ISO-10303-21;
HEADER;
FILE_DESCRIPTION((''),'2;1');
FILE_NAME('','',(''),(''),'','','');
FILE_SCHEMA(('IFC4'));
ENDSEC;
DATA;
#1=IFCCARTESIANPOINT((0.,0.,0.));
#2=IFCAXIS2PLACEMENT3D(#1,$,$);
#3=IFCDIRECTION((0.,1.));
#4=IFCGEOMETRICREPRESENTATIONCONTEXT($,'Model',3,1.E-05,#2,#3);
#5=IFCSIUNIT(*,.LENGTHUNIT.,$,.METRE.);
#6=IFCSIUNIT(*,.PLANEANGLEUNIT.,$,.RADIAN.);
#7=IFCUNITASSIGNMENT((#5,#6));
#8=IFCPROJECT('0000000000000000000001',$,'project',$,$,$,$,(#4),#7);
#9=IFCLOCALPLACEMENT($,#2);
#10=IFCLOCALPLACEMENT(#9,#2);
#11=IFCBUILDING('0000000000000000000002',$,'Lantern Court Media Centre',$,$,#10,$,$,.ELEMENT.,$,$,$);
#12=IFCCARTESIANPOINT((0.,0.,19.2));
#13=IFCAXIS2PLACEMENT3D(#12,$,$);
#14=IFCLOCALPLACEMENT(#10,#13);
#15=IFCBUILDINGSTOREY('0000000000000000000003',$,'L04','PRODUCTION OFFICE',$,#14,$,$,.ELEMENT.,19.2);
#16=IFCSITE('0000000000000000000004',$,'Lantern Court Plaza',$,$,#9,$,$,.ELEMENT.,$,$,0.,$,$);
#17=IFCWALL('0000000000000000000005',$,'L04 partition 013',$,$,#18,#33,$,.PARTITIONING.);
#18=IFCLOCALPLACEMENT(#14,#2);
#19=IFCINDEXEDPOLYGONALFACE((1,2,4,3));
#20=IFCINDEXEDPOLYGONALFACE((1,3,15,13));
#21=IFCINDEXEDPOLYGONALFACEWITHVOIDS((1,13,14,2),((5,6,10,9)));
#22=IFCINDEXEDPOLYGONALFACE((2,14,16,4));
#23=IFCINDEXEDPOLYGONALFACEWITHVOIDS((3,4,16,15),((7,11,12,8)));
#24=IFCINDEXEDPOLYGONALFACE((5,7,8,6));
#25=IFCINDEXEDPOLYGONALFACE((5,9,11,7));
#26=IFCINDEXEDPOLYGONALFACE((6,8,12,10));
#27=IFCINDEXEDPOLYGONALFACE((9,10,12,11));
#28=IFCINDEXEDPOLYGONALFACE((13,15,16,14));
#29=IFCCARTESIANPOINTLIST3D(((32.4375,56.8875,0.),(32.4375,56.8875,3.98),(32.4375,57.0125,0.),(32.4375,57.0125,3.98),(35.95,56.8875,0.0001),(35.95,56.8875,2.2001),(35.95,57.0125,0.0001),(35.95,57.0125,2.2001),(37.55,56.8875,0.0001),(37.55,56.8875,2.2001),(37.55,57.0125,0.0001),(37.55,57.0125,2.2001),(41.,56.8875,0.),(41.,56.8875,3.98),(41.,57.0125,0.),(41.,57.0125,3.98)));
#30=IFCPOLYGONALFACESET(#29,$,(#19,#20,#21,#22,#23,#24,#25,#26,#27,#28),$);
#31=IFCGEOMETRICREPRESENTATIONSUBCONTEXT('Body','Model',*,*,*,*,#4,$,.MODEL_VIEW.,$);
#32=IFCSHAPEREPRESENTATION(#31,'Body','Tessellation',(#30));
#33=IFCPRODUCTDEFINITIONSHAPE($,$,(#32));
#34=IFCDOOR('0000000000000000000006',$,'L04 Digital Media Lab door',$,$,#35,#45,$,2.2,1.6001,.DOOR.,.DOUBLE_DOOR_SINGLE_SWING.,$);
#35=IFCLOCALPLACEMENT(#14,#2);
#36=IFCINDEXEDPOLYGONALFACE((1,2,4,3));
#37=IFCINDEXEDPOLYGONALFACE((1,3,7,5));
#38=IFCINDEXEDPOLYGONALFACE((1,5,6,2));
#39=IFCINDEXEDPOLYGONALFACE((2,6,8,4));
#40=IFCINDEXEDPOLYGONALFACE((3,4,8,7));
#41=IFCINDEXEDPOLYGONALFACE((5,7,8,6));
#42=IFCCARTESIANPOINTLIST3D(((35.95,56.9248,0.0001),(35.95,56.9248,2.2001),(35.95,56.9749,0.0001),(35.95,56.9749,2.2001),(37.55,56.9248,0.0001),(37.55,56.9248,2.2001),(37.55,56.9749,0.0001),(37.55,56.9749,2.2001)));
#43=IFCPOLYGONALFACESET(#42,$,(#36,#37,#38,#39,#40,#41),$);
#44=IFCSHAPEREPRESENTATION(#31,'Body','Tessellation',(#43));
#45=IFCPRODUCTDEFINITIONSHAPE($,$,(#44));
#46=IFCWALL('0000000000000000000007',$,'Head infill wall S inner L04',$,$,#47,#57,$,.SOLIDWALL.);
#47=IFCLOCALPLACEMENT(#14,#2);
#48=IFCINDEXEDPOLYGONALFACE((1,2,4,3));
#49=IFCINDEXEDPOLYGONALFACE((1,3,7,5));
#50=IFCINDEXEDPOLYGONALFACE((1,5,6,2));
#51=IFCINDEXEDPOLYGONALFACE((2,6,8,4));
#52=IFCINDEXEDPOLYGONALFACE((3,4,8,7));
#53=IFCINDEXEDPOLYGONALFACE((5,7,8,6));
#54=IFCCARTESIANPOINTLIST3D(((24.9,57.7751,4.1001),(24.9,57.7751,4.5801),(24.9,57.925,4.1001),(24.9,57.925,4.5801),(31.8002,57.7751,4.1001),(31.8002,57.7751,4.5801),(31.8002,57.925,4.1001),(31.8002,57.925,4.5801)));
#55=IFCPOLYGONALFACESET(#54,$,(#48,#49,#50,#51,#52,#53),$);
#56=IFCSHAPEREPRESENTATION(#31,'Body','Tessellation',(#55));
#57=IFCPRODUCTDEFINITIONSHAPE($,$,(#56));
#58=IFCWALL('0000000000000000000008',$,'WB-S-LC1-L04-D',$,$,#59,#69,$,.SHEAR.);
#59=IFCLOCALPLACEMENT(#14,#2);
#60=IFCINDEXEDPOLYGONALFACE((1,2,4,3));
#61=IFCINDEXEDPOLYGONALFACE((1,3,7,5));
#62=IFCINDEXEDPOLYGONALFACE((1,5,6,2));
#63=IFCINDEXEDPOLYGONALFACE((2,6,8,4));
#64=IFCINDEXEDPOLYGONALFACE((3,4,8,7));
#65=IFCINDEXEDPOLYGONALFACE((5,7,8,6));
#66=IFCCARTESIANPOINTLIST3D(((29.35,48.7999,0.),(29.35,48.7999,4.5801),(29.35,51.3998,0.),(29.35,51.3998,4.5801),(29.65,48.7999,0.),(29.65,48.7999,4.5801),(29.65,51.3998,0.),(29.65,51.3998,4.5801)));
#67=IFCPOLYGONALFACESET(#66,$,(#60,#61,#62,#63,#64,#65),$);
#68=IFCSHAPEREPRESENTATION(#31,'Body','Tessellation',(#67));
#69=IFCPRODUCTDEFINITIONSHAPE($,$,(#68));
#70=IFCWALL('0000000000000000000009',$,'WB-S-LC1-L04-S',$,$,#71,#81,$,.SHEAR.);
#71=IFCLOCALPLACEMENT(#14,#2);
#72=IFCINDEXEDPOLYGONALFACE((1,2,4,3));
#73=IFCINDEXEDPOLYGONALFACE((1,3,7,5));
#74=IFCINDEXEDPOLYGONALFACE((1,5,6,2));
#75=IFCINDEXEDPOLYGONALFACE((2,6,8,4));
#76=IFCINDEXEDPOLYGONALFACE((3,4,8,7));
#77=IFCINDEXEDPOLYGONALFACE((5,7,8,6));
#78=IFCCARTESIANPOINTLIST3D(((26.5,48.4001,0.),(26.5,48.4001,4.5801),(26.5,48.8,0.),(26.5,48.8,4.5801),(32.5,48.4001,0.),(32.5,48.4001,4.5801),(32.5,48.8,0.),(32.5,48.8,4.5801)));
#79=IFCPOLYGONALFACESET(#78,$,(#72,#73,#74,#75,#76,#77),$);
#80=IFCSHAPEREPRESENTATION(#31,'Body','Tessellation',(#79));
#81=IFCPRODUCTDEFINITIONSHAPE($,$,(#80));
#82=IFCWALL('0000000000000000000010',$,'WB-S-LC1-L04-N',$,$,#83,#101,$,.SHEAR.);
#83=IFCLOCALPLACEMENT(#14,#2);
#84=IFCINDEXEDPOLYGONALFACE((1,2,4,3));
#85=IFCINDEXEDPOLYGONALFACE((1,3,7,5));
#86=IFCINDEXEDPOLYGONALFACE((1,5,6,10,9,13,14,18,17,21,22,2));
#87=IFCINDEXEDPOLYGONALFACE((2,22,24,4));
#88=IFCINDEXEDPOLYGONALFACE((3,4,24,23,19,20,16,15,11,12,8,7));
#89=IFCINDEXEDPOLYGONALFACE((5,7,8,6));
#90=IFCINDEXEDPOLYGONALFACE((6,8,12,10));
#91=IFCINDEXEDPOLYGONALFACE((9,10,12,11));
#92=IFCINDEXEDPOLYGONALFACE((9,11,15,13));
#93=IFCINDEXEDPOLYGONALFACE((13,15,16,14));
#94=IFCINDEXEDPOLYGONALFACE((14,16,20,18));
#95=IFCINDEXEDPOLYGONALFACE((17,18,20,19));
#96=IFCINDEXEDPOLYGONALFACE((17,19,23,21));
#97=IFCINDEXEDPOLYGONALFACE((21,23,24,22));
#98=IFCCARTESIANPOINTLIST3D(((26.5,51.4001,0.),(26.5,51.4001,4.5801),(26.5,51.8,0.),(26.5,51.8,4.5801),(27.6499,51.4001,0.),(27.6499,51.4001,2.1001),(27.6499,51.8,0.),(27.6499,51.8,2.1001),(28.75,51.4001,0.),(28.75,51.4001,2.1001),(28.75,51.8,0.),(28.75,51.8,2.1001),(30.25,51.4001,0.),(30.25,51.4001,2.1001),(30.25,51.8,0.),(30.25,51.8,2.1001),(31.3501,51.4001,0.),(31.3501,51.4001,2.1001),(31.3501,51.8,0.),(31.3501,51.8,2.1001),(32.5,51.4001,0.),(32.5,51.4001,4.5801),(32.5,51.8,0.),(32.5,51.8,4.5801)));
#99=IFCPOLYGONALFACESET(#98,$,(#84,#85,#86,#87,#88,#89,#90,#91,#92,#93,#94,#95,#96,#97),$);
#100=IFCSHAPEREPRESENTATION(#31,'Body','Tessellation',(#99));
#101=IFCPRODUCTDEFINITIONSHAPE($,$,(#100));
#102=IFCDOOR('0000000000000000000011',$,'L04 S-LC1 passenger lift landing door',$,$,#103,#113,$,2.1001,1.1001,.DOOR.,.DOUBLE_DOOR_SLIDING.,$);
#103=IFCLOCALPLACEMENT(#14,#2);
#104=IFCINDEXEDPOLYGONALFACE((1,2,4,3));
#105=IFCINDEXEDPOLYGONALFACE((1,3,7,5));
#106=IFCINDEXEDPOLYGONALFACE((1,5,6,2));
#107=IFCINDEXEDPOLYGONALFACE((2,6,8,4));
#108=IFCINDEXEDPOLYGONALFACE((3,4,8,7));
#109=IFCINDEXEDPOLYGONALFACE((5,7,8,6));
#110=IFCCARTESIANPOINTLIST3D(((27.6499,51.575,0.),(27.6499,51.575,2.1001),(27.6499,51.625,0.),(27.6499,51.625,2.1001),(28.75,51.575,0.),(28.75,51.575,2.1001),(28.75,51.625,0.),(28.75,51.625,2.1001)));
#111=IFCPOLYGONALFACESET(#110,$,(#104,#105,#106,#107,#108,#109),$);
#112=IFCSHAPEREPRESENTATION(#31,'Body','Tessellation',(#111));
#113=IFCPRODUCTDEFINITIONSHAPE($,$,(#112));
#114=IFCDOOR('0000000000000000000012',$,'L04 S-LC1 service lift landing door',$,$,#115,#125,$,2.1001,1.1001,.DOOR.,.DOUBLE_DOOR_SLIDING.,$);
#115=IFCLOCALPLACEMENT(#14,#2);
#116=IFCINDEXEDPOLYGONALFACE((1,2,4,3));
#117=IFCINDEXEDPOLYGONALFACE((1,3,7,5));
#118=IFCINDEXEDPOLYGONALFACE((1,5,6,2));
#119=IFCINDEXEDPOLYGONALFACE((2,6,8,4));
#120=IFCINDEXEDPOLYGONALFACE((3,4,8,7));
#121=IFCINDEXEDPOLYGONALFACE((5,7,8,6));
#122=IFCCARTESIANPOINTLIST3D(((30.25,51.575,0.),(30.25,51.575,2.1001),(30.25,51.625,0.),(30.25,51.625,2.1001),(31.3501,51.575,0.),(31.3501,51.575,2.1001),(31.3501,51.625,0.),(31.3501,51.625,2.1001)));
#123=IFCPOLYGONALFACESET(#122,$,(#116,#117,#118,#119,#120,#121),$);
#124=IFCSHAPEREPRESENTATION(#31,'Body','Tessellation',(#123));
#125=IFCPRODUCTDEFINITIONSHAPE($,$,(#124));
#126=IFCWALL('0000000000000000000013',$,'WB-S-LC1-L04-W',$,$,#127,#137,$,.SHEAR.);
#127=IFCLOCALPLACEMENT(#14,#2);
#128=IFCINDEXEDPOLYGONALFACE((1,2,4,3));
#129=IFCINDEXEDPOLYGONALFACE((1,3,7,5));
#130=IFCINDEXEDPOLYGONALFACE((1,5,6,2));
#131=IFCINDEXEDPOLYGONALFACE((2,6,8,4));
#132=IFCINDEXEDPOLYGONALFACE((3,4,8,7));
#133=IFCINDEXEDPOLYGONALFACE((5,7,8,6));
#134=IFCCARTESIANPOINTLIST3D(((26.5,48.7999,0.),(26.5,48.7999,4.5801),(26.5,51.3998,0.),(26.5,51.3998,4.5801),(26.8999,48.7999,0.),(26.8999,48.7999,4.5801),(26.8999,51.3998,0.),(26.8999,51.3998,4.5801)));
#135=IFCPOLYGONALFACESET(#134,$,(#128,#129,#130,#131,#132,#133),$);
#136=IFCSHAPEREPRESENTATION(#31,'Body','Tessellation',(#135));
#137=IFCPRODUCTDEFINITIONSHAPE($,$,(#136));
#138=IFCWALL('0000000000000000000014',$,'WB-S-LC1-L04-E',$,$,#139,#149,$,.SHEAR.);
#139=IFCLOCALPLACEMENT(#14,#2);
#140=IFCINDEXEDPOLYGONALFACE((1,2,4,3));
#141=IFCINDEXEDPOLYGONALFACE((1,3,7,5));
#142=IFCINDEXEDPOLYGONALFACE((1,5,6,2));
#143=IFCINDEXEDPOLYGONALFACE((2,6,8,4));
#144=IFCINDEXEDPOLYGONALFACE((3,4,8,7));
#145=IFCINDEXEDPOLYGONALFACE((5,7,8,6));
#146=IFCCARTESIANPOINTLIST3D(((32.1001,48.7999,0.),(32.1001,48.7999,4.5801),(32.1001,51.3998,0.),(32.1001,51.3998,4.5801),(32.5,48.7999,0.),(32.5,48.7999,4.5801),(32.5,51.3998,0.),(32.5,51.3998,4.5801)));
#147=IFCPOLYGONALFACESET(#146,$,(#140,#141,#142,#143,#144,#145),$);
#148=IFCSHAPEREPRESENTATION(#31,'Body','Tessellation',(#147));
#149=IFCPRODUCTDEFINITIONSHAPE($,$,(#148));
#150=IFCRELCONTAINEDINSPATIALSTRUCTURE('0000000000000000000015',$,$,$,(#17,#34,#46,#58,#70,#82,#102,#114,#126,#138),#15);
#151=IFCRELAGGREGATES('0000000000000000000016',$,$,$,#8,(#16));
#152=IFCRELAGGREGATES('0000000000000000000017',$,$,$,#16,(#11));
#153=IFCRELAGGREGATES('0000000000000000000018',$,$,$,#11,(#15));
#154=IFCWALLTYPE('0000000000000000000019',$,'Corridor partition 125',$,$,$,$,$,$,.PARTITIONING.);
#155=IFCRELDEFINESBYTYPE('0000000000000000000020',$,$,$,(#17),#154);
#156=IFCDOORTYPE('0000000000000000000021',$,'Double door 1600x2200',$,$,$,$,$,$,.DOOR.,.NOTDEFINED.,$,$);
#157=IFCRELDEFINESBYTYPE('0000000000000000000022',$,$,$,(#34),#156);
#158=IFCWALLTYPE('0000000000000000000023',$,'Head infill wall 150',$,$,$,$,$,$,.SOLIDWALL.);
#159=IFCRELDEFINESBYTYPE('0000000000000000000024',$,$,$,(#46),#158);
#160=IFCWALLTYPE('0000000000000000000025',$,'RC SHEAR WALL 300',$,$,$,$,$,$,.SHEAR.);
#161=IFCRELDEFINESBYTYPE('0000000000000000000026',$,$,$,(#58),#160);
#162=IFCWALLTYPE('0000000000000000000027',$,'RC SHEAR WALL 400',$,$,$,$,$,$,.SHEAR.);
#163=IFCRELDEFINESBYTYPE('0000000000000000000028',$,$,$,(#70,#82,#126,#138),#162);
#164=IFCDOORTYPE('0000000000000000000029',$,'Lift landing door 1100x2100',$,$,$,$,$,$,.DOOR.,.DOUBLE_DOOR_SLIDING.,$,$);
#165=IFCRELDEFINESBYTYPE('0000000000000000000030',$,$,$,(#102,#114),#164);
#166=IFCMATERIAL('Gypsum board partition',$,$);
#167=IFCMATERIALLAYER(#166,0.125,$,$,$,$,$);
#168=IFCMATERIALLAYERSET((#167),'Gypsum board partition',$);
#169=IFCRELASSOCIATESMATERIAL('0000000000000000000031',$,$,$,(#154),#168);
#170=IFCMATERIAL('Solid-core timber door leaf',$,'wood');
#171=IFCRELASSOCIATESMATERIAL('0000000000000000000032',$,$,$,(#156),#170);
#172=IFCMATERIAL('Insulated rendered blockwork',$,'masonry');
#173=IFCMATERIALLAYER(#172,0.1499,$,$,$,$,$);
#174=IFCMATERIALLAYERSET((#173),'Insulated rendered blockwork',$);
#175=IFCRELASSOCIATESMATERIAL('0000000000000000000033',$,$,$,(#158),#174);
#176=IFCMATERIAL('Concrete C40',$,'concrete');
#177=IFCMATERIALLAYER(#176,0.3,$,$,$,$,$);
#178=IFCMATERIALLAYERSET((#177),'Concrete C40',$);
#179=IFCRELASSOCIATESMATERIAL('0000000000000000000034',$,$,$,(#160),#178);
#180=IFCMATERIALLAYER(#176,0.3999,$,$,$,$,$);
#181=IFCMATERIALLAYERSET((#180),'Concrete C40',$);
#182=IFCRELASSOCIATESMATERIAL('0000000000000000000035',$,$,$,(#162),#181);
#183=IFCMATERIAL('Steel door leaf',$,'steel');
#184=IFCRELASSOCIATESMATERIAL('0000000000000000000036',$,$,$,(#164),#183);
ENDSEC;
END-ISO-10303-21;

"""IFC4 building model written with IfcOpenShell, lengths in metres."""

from ifc_helpers import new_model, si_unit, direction, frame, frame_2d, origin, place, context, subcontext, project, spatial, rectangle, extrude, material, layer, layer_set, type_object, element, fill, save


model = new_model("IFC4")

# Units and contexts
model_context = context("Model", 3, precision=1e-05, world=origin(), true_north=direction((0.0, 1.0)))
body_context = subcontext(model_context, "Body", "Model", "MODEL_VIEW")
ifc_project = project(units=[si_unit("LENGTHUNIT", "METRE"), si_unit("PLANEANGLEUNIT", "RADIAN")], contexts=[model_context])

# Site, building, storey
site_placement = place(None, origin())
site = spatial("IfcSite", under=ifc_project, at=site_placement, Name="Lantern Court Plaza", CompositionType="ELEMENT", RefElevation=0.0)
building_placement = place(site_placement, origin())
building = spatial("IfcBuilding", under=site, at=building_placement, Name="Lantern Court Media Centre", CompositionType="ELEMENT")
storey_placement = place(building_placement, frame((0.0, 0.0, 19.2)))
storey = spatial("IfcBuildingStorey", under=building, at=storey_placement, Name="L04", Description="PRODUCTION OFFICE", CompositionType="ELEMENT", Elevation=19.2)

# Shared definitions
ifc_material_1 = material(Name="Gypsum board partition")
ifc_layer_1 = layer(ifc_material_1, 0.125)
ifc_layer_set_1 = layer_set([ifc_layer_1], Name="Gypsum board partition")
wall_type_1 = type_object("IfcWallType", Name="Corridor partition 125", PredefinedType="PARTITIONING", material=ifc_layer_set_1)

# Wall, opening, door
wall_1_placement = place(storey_placement, frame((32.4375, 56.95, 0.0), z_axis=(0.0, 0.0, 1.0), x_axis=(1.0, 0.0, 0.0)))
wall_1 = element("IfcWall", 1, at=wall_1_placement, inside=storey, type_object=wall_type_1, Name="L04 partition 013", PredefinedType="PARTITIONING", context=body_context, shape_type="SweptSolid", body=[
    extrude(rectangle(XDim=8.5625, YDim=0.125, at=frame_2d((4.2812, 0.0))), origin(), (0.0, 0.0, 1.0), 3.98),
])
opening_1_placement = place(wall_1_placement, frame((3.5125, 0.0, 0.0)))
opening_1 = element("IfcOpeningElement", 2, at=opening_1_placement, cuts=wall_1, PredefinedType="OPENING", context=body_context, shape_type="SweptSolid", body=[
    extrude(rectangle(XDim=1.6001, YDim=2.2, at=frame_2d((0.8, 1.1001))), frame((0.0, 0.0725, 0.0), z_axis=(0.0, -1.0, 0.0), x_axis=(1.0, 0.0, 0.0)), (0.0, 0.0, 1.0), 0.145),
])
ifc_material_2 = material(Name="Solid-core timber door leaf", Category="wood")
door_type_1 = type_object("IfcDoorType", Name="Double door 1600x2200", OperationType="NOTDEFINED", PredefinedType="DOOR", material=ifc_material_2)
door_1_placement = place(opening_1_placement, origin())
door_1 = element("IfcDoor", 3, at=door_1_placement, inside=storey, type_object=door_type_1, Name="L04 Digital Media Lab door", OperationType="DOUBLE_DOOR_SINGLE_SWING", OverallHeight=2.2, OverallWidth=1.6001, PredefinedType="DOOR", context=body_context, shape_type="SweptSolid", body=[
    extrude(rectangle(XDim=1.6001, YDim=2.2, at=frame_2d((0.8, 1.1001))), frame((0.0, 0.0249, 0.0), z_axis=(0.0, -1.0, 0.0), x_axis=(1.0, 0.0, 0.0)), (0.0, 0.0, 1.0), 0.05),
])
fill(opening_1, door_1)

# Walls
ifc_material_3 = material(Name="Insulated rendered blockwork", Category="masonry")
ifc_layer_2 = layer(ifc_material_3, 0.1499)
ifc_layer_set_2 = layer_set([ifc_layer_2], Name="Insulated rendered blockwork")
wall_type_2 = type_object("IfcWallType", Name="Head infill wall 150", PredefinedType="SOLIDWALL", material=ifc_layer_set_2)
wall_2_placement = place(storey_placement, frame((24.8999, 57.8501, 4.1001), z_axis=(0.0, 0.0, 1.0), x_axis=(1.0, 0.0, 0.0)))
element("IfcWall", 4, at=wall_2_placement, inside=storey, type_object=wall_type_2, Name="Head infill wall S inner L04", PredefinedType="SOLIDWALL", context=body_context, shape_type="SweptSolid", body=[
    extrude(rectangle(XDim=6.9001, YDim=0.1499, at=frame_2d((3.4502, 0.0))), origin(), (0.0, 0.0, 1.0), 0.48),
])
ifc_material_4 = material(Name="Concrete C40", Category="concrete")
ifc_layer_3 = layer(ifc_material_4, 0.3)
ifc_layer_set_3 = layer_set([ifc_layer_3], Name="Concrete C40")
wall_type_3 = type_object("IfcWallType", Name="RC SHEAR WALL 300", PredefinedType="SHEAR", material=ifc_layer_set_3)
wall_3_placement = place(storey_placement, frame((29.5, 48.8, 0.0), z_axis=(0.0, 0.0, 1.0), x_axis=(0.0, 1.0, 0.0)))
element("IfcWall", 5, at=wall_3_placement, inside=storey, type_object=wall_type_3, Name="WB-S-LC1-L04-D", PredefinedType="SHEAR", context=body_context, shape_type="SweptSolid", body=[
    extrude(rectangle(XDim=2.5999, YDim=0.3, at=frame_2d((1.2998, 0.0))), origin(), (0.0, 0.0, 1.0), 4.5801),
])
ifc_layer_4 = layer(ifc_material_4, 0.3999)
ifc_layer_set_4 = layer_set([ifc_layer_4], Name="Concrete C40")
wall_type_4 = type_object("IfcWallType", Name="RC SHEAR WALL 400", PredefinedType="SHEAR", material=ifc_layer_set_4)
wall_4_placement = place(storey_placement, frame((26.5, 48.6001, 0.0), z_axis=(0.0, 0.0, 1.0), x_axis=(1.0, 0.0, 0.0)))
element("IfcWall", 6, at=wall_4_placement, inside=storey, type_object=wall_type_4, Name="WB-S-LC1-L04-S", PredefinedType="SHEAR", context=body_context, shape_type="SweptSolid", body=[
    extrude(rectangle(XDim=6.0, YDim=0.3999, at=frame_2d((3.0, 0.0))), origin(), (0.0, 0.0, 1.0), 4.5801),
])

# Wall, openings, doors
wall_5_placement = place(storey_placement, frame((26.5, 51.6001, 0.0), z_axis=(0.0, 0.0, 1.0), x_axis=(1.0, 0.0, 0.0)))
wall_5 = element("IfcWall", 7, at=wall_5_placement, inside=storey, type_object=wall_type_4, Name="WB-S-LC1-L04-N", PredefinedType="SHEAR", context=body_context, shape_type="SweptSolid", body=[
    extrude(rectangle(XDim=6.0, YDim=0.3999, at=frame_2d((3.0, 0.0))), origin(), (0.0, 0.0, 1.0), 4.5801),
])
opening_2_placement = place(wall_5_placement, frame((1.1499, 0.0, 0.0)))
opening_2 = element("IfcOpeningElement", 8, at=opening_2_placement, cuts=wall_5, PredefinedType="OPENING", context=body_context, shape_type="SweptSolid", body=[
    extrude(rectangle(XDim=1.1001, YDim=2.1001, at=frame_2d((0.55, 1.05))), frame((0.0, 0.21, 0.0), z_axis=(0.0, -1.0, 0.0), x_axis=(1.0, 0.0, 0.0)), (0.0, 0.0, 1.0), 0.4199),
])
opening_3_placement = place(wall_5_placement, frame((3.75, 0.0, 0.0)))
opening_3 = element("IfcOpeningElement", 9, at=opening_3_placement, cuts=wall_5, PredefinedType="OPENING", context=body_context, shape_type="SweptSolid", body=[
    extrude(rectangle(XDim=1.1001, YDim=2.1001, at=frame_2d((0.55, 1.05))), frame((0.0, 0.21, 0.0), z_axis=(0.0, -1.0, 0.0), x_axis=(1.0, 0.0, 0.0)), (0.0, 0.0, 1.0), 0.4199),
])
ifc_material_5 = material(Name="Steel door leaf", Category="steel")
door_type_2 = type_object("IfcDoorType", Name="Lift landing door 1100x2100", OperationType="DOUBLE_DOOR_SLIDING", PredefinedType="DOOR", material=ifc_material_5)
door_2_placement = place(opening_2_placement, origin())
door_2 = element("IfcDoor", 10, at=door_2_placement, inside=storey, type_object=door_type_2, Name="L04 S-LC1 passenger lift landing door", OperationType="DOUBLE_DOOR_SLIDING", OverallHeight=2.1001, OverallWidth=1.1001, PredefinedType="DOOR", context=body_context, shape_type="SweptSolid", body=[
    extrude(rectangle(XDim=1.1001, YDim=2.1001, at=frame_2d((0.55, 1.05))), frame((0.0, 0.0249, 0.0), z_axis=(0.0, -1.0, 0.0), x_axis=(1.0, 0.0, 0.0)), (0.0, 0.0, 1.0), 0.05),
])
fill(opening_2, door_2)
door_3_placement = place(opening_3_placement, origin())
door_3 = element("IfcDoor", 11, at=door_3_placement, inside=storey, type_object=door_type_2, Name="L04 S-LC1 service lift landing door", OperationType="DOUBLE_DOOR_SLIDING", OverallHeight=2.1001, OverallWidth=1.1001, PredefinedType="DOOR", context=body_context, shape_type="SweptSolid", body=[
    extrude(rectangle(XDim=1.1001, YDim=2.1001, at=frame_2d((0.55, 1.05))), frame((0.0, 0.0249, 0.0), z_axis=(0.0, -1.0, 0.0), x_axis=(1.0, 0.0, 0.0)), (0.0, 0.0, 1.0), 0.05),
])
fill(opening_3, door_3)

# Walls
for number, where, z_axis, x_axis, name in (
    (12, (26.7, 48.8, 0.0), (0.0, 0.0, 1.0), (0.0, 1.0, 0.0), "WB-S-LC1-L04-W"),
    (13, (32.3, 48.8, 0.0), (0.0, 0.0, 1.0), (0.0, 1.0, 0.0), "WB-S-LC1-L04-E"),
):
    element("IfcWall", number, at=place(storey_placement, frame(where, z_axis=z_axis, x_axis=x_axis)), inside=storey, type_object=wall_type_4, Name=name, PredefinedType="SHEAR", context=body_context, shape_type="SweptSolid", body=[
        extrude(rectangle(XDim=2.5999, YDim=0.3999, at=frame_2d((1.2998, 0.0))), origin(), (0.0, 0.0, 1.0), 4.5801),
    ])

save(model, "model.ifc")
